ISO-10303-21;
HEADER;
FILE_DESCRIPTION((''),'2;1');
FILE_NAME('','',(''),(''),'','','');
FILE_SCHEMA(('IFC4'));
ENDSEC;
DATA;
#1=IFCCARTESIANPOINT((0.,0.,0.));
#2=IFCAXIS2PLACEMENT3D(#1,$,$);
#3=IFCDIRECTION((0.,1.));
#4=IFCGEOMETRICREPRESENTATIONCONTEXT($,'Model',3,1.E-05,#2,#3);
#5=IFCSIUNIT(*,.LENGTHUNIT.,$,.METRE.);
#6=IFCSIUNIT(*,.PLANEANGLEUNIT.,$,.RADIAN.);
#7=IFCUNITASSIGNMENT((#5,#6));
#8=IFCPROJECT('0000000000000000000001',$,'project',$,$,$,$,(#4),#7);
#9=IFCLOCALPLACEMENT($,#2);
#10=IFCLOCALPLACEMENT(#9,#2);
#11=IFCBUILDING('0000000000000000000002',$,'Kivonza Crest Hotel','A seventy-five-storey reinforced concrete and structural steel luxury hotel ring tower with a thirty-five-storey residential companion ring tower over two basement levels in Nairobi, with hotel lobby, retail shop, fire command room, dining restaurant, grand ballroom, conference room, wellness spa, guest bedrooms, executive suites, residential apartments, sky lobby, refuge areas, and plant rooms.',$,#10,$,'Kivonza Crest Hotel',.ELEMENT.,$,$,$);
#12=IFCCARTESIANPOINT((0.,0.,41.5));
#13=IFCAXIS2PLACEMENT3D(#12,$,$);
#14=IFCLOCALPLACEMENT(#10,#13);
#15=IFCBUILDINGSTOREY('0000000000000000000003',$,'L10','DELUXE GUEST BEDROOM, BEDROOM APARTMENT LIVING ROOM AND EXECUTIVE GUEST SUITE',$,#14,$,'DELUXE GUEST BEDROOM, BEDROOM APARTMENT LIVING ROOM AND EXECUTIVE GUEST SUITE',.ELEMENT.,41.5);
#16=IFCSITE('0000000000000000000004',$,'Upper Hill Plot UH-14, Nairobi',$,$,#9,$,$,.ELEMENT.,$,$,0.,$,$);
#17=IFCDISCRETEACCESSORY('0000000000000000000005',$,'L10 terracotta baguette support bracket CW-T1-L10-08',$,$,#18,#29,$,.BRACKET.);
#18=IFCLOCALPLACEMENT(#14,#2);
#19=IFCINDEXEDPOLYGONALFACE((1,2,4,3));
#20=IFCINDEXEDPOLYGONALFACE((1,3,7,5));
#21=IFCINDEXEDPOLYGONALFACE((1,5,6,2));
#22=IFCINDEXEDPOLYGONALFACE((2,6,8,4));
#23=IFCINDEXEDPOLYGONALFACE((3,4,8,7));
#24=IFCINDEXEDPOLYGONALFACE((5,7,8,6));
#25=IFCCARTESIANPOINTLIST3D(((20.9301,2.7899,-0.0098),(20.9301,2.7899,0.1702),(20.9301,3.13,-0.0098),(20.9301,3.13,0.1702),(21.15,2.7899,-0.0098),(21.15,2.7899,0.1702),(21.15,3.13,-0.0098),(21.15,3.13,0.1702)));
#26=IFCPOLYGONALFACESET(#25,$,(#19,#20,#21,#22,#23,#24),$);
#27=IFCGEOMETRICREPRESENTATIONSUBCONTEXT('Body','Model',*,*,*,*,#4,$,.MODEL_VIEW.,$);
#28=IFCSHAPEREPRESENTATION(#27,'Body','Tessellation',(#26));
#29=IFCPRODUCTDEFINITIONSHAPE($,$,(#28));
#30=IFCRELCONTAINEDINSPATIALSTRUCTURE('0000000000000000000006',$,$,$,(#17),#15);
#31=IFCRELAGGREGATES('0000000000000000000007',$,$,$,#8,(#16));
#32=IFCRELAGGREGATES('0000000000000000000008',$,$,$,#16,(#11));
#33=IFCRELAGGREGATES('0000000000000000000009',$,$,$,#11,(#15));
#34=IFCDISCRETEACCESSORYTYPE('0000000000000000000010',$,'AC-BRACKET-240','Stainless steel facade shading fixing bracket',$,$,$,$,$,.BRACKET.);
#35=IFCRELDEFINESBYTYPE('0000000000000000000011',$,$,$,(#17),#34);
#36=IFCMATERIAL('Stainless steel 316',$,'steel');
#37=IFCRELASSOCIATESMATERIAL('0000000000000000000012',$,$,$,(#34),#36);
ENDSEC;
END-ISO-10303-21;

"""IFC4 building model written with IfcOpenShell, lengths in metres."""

from ifc_helpers import new_model, si_unit, direction, frame, origin, origin_2d, place, context, subcontext, project, spatial, rectangle, extrude, material, type_object, element, save


model = new_model("IFC4")

# Units and contexts
model_context = context("Model", 3, precision=1e-05, world=origin(), true_north=direction((0.0, 1.0)))
body_context = subcontext(model_context, "Body", "Model", "MODEL_VIEW")
ifc_project = project(units=[si_unit("LENGTHUNIT", "METRE"), si_unit("PLANEANGLEUNIT", "RADIAN")], contexts=[model_context])

# Site, building, storey
site_placement = place(None, origin())
site = spatial("IfcSite", under=ifc_project, at=site_placement, Name="Upper Hill Plot UH-14, Nairobi", CompositionType="ELEMENT", RefElevation=0.0)
building_placement = place(site_placement, origin())
building = spatial("IfcBuilding", under=site, at=building_placement, Name="Kivonza Crest Hotel", Description="A seventy-five-storey reinforced concrete and structural steel luxury hotel ring tower with a thirty-five-storey residential companion ring tower over two basement levels in Nairobi, with hotel lobby, retail shop, fire command room, dining restaurant, grand ballroom, conference room, wellness spa, guest bedrooms, executive suites, residential apartments, sky lobby, refuge areas, and plant rooms.", LongName="Kivonza Crest Hotel", CompositionType="ELEMENT")
storey_placement = place(building_placement, frame((0.0, 0.0, 41.5)))
storey = spatial("IfcBuildingStorey", under=building, at=storey_placement, Name="L10", Description="DELUXE GUEST BEDROOM, BEDROOM APARTMENT LIVING ROOM AND EXECUTIVE GUEST SUITE", LongName="DELUXE GUEST BEDROOM, BEDROOM APARTMENT LIVING ROOM AND EXECUTIVE GUEST SUITE", CompositionType="ELEMENT", Elevation=41.5)

# Discrete accessory
ifc_material_1 = material(Name="Stainless steel 316", Category="steel")
discrete_accessory_type = type_object("IfcDiscreteAccessoryType", Name="AC-BRACKET-240", Description="Stainless steel facade shading fixing bracket", PredefinedType="BRACKET", material=ifc_material_1)
discrete_accessory_placement = place(storey_placement, frame((21.04, 2.96, -0.0098), z_axis=(0.0, 0.0, 1.0), x_axis=(1.0, 0.0, 0.0)))
element("IfcDiscreteAccessory", 1, at=discrete_accessory_placement, inside=storey, type_object=discrete_accessory_type, Name="L10 terracotta baguette support bracket CW-T1-L10-08", PredefinedType="BRACKET", context=body_context, shape_type="SweptSolid", body=[
    extrude(rectangle(XDim=0.22, YDim=0.3401, at=origin_2d()), origin(), (0.0, 0.0, 1.0), 0.1799),
])

save(model, "model.ifc")
